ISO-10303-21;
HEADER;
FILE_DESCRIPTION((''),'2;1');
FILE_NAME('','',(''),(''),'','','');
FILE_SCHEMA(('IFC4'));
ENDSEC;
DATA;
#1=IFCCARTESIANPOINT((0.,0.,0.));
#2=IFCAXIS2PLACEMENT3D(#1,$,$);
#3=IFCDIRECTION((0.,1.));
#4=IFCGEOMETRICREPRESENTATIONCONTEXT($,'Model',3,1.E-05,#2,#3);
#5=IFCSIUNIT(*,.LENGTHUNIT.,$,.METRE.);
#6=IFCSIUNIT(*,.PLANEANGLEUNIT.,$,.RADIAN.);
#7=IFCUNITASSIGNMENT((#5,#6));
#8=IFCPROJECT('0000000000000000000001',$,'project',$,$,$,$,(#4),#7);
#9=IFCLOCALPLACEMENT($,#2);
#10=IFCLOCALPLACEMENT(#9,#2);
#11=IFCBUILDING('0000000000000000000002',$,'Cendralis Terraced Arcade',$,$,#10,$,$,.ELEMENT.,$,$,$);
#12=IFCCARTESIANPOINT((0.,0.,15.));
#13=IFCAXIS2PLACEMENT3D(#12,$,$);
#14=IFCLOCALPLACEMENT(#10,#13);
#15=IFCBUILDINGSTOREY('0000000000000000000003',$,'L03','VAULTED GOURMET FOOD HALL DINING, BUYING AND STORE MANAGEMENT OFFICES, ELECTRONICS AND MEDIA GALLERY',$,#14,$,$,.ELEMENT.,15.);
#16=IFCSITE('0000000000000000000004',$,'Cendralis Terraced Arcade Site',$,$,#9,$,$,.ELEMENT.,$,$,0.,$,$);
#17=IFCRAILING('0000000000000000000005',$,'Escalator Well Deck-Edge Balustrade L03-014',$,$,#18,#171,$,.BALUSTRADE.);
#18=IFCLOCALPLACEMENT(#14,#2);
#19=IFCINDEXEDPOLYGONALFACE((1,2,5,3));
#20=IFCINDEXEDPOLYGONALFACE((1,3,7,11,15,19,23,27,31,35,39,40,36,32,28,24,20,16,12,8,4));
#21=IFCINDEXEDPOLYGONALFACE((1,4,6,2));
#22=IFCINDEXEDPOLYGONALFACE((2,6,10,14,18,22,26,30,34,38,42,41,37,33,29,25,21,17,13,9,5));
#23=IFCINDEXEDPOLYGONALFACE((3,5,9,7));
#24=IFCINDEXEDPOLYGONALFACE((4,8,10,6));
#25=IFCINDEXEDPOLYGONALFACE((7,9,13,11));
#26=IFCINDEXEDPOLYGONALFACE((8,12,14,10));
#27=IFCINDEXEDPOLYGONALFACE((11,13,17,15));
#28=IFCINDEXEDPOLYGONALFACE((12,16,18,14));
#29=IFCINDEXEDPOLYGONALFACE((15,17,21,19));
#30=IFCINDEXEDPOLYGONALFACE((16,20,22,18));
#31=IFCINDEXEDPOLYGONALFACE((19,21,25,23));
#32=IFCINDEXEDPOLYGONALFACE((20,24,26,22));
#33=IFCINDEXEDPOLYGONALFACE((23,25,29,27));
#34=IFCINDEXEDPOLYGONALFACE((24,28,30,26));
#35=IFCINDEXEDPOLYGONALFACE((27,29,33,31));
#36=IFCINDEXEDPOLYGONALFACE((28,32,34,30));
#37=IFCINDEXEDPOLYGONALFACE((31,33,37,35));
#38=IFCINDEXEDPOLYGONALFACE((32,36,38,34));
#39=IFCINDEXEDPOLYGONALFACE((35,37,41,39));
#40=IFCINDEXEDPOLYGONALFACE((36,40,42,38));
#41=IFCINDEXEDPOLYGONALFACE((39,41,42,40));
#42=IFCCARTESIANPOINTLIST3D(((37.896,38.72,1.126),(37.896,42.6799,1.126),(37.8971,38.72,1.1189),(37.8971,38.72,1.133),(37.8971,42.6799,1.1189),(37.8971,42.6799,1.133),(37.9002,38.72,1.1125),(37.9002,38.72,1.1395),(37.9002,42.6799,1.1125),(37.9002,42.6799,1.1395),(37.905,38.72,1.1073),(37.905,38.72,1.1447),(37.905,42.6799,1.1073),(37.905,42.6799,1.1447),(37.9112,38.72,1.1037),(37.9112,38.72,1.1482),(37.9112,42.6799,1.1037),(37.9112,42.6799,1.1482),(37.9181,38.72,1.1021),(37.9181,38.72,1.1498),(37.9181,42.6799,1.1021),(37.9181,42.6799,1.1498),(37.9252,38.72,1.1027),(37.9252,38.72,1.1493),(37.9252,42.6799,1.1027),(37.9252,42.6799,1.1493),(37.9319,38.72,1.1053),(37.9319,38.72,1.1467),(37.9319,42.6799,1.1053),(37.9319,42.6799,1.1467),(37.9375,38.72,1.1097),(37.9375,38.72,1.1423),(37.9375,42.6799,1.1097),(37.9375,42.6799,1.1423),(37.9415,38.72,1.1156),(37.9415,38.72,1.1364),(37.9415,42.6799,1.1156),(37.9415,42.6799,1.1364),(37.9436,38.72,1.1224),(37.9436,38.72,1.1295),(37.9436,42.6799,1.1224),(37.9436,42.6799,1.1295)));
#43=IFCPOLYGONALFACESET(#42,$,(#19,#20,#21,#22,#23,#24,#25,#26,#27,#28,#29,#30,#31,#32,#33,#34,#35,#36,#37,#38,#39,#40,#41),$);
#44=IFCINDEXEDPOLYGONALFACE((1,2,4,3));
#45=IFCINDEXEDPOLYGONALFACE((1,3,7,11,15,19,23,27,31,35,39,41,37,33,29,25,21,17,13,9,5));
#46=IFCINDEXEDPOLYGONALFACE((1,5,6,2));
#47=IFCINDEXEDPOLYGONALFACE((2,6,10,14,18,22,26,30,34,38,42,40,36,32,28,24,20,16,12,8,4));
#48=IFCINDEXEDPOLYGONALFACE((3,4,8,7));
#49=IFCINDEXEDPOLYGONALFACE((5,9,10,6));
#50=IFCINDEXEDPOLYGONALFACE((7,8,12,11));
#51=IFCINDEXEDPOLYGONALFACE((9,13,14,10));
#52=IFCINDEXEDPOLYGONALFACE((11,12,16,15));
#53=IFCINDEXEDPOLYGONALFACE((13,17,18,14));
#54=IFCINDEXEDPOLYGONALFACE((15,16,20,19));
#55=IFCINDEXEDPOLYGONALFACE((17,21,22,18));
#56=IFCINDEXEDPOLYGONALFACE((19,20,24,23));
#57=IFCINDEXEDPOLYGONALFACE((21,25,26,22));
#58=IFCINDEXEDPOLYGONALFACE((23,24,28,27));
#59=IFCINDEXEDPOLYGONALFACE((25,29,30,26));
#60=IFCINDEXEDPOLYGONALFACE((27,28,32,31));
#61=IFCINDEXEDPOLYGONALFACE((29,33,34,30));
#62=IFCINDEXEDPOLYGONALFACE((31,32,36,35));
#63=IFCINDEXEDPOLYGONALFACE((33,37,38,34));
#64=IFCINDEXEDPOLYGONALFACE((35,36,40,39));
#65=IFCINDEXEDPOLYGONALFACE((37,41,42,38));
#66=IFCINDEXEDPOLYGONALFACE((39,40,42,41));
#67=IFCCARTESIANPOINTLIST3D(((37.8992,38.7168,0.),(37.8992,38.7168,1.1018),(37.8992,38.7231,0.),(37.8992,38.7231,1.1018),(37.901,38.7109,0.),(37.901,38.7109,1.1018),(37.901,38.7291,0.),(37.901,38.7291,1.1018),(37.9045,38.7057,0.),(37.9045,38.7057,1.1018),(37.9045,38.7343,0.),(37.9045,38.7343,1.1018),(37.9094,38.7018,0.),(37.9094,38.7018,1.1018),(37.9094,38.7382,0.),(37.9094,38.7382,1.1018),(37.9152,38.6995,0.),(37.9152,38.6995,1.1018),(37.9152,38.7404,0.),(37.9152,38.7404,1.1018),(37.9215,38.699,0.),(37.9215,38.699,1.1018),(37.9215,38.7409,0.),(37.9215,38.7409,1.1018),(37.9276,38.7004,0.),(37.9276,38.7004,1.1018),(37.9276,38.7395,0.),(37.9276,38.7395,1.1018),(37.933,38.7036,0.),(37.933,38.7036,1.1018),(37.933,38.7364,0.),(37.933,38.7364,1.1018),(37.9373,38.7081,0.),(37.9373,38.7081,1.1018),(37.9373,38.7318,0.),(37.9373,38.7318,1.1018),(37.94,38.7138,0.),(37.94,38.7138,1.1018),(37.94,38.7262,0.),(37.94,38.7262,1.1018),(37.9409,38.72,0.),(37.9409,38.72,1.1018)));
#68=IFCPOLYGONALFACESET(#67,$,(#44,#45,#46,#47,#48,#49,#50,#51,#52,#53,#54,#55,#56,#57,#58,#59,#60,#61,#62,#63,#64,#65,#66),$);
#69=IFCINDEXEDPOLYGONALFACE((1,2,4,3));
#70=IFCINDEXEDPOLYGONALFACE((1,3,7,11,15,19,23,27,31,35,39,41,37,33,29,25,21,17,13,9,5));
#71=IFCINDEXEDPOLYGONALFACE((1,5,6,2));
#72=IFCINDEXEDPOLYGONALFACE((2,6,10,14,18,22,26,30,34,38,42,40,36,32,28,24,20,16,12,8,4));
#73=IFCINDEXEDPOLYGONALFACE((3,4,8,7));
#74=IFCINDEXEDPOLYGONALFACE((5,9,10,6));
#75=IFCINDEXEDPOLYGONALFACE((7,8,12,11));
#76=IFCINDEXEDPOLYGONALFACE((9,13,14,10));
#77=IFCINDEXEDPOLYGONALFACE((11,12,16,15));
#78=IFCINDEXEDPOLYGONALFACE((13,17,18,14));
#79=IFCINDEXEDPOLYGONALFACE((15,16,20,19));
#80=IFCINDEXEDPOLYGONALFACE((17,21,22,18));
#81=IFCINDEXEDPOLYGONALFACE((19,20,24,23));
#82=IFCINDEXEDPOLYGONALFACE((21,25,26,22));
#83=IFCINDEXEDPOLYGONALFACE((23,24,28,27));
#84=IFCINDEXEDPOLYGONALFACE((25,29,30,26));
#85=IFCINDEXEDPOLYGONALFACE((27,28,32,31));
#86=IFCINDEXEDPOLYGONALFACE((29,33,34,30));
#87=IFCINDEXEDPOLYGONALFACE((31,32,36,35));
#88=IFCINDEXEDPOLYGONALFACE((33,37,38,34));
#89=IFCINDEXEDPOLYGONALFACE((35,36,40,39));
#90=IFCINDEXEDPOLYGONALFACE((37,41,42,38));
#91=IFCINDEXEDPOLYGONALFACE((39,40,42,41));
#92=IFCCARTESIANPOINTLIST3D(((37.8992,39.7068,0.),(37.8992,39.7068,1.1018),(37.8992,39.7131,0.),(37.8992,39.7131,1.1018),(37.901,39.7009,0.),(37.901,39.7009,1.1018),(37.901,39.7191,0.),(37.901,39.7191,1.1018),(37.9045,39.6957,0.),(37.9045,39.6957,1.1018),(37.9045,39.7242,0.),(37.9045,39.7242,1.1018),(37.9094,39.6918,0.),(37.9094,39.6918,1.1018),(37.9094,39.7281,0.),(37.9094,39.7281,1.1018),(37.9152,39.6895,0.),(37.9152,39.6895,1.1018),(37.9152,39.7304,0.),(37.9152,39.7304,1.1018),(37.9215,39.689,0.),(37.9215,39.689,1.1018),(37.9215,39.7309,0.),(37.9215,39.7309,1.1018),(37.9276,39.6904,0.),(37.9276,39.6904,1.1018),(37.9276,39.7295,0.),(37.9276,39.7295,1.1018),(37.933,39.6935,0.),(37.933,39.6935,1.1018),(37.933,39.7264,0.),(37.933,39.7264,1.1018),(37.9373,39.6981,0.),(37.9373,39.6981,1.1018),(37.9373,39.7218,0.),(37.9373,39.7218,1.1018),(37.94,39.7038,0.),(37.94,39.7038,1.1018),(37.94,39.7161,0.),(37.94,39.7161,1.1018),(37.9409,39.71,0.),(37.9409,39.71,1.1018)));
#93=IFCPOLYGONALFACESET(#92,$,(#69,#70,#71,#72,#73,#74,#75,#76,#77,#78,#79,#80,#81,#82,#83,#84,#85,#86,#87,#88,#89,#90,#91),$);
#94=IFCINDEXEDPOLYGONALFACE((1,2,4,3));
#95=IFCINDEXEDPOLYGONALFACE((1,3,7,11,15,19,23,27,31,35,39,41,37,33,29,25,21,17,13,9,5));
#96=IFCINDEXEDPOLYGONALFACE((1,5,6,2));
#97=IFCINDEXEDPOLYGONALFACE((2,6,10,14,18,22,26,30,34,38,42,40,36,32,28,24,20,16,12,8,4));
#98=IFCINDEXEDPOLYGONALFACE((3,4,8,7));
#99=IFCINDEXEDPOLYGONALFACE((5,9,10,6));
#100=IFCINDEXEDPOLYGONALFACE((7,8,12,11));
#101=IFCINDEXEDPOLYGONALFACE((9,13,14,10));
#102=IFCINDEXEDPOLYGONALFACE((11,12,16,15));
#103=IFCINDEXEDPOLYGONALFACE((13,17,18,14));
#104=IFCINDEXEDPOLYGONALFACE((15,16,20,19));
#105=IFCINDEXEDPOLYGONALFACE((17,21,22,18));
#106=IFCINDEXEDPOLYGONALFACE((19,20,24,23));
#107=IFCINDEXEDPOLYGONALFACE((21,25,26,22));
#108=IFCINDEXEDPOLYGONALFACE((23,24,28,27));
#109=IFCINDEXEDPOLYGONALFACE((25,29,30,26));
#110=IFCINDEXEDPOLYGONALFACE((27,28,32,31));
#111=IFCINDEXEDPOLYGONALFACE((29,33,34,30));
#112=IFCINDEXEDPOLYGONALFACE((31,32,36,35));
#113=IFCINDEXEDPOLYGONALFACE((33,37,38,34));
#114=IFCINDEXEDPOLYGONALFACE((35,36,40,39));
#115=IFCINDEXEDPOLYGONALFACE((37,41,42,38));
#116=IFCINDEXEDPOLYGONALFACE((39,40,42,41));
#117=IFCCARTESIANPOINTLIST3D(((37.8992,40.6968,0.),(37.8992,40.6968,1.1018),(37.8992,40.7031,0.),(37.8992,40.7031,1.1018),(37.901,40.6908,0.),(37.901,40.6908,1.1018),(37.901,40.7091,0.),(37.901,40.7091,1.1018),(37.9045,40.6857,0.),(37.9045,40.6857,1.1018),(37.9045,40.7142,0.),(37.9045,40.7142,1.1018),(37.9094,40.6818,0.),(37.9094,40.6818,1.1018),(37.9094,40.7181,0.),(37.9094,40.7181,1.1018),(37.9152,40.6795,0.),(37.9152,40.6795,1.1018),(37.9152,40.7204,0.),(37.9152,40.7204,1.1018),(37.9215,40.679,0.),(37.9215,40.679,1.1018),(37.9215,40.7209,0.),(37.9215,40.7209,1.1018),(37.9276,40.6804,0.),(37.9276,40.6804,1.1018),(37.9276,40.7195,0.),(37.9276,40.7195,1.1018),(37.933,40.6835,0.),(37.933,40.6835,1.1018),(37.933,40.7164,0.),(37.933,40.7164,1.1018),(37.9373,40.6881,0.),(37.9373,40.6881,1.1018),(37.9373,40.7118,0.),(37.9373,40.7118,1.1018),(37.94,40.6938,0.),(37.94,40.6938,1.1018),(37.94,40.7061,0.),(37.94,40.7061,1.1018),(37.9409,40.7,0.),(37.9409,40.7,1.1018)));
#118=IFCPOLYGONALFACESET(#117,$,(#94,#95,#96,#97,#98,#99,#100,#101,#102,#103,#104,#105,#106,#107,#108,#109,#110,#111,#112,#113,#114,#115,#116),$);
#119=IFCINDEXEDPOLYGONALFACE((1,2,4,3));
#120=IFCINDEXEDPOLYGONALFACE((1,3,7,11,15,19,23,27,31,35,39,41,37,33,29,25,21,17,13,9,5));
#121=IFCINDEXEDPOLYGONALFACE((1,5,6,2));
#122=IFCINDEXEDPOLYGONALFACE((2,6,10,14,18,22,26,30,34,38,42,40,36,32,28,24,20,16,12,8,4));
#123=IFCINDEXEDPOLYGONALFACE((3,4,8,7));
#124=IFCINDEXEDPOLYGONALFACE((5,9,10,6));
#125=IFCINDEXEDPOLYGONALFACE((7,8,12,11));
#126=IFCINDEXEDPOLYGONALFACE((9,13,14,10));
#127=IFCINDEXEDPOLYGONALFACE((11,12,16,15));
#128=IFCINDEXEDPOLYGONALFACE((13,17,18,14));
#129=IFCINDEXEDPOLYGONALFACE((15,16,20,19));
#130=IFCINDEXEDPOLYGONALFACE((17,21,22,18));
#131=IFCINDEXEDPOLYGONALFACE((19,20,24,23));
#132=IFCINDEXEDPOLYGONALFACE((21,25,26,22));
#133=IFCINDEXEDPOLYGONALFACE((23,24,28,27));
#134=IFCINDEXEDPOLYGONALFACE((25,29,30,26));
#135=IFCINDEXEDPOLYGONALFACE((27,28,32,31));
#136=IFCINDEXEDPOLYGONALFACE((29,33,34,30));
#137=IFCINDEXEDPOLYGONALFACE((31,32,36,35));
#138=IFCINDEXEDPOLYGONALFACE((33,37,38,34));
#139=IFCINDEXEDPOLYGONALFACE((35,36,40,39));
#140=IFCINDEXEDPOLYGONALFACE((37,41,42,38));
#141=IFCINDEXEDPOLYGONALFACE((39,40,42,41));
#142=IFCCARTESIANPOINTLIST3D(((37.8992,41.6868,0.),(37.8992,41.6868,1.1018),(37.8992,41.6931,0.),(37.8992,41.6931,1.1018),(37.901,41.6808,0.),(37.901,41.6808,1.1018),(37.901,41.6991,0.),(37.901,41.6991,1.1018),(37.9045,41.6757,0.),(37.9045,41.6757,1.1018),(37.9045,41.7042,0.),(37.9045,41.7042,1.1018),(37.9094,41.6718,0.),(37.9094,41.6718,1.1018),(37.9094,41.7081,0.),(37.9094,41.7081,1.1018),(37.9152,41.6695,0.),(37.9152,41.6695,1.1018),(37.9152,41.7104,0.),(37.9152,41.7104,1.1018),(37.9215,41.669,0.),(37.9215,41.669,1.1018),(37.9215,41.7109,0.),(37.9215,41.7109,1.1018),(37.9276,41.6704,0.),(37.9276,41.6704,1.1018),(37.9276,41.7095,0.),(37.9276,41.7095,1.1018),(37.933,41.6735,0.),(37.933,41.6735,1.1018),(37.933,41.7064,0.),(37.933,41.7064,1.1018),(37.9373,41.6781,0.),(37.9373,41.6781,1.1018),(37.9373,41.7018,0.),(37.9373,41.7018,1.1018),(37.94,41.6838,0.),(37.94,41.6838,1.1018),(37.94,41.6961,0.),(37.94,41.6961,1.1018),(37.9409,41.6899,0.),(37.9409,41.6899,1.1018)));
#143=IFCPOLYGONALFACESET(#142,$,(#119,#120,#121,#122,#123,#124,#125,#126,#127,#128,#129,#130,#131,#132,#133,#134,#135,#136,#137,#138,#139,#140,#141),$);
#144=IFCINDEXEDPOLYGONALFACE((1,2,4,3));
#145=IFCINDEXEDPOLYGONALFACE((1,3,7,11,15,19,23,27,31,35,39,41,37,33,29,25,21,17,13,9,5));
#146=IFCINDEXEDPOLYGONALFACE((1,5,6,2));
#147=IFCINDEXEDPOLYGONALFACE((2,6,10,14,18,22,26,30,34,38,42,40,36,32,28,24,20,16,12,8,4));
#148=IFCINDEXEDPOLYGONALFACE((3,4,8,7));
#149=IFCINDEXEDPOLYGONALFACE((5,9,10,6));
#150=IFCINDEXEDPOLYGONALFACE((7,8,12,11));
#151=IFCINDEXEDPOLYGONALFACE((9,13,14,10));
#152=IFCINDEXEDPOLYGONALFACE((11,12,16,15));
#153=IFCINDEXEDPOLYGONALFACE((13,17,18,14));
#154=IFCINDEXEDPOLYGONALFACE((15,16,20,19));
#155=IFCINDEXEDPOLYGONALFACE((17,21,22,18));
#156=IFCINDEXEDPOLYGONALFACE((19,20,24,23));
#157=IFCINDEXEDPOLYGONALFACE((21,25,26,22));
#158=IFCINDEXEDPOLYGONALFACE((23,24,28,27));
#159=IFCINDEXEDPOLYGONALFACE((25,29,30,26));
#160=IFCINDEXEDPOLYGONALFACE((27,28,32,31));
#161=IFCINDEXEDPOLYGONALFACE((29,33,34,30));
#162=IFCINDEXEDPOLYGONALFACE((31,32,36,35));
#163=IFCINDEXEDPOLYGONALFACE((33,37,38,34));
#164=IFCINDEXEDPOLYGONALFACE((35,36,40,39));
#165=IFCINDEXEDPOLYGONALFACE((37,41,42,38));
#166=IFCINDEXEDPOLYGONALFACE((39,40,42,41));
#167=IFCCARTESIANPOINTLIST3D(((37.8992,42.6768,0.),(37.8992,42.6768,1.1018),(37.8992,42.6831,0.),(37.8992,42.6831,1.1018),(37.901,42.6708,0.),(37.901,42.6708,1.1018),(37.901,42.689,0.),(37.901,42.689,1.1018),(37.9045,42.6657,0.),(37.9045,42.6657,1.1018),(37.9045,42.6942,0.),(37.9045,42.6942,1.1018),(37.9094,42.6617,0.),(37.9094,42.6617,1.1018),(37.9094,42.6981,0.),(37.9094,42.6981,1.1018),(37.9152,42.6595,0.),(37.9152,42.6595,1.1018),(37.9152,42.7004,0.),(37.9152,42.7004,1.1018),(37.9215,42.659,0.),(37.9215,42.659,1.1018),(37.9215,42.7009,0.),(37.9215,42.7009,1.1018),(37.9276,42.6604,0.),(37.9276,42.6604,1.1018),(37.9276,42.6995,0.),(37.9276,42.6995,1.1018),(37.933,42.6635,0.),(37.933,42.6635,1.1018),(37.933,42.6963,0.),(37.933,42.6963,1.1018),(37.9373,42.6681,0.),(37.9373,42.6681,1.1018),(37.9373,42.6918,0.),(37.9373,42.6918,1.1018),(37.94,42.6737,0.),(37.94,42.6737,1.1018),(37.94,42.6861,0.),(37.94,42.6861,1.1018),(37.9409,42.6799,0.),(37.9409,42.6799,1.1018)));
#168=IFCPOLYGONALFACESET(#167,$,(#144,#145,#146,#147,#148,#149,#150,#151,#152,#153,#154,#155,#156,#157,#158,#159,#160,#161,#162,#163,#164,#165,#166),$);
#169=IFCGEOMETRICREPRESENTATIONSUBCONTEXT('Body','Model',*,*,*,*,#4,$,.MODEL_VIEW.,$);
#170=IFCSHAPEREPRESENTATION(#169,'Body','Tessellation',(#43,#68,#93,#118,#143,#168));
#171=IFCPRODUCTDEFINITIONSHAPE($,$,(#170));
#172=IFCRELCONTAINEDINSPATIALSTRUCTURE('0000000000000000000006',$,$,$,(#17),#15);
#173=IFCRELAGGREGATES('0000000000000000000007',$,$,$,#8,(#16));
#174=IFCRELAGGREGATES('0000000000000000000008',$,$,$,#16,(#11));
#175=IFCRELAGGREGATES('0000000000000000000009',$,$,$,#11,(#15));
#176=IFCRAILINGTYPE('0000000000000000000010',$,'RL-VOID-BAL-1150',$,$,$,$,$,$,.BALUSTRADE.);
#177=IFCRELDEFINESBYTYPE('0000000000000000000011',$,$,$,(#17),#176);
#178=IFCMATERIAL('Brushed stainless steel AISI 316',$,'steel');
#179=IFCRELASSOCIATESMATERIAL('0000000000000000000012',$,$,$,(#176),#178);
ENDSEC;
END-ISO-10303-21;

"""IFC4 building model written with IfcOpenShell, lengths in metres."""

from ifc_helpers import new_model, si_unit, direction, frame, origin, origin_2d, place, context, subcontext, project, spatial, circle, extrude, material, type_object, element, save


model = new_model("IFC4")

# Units and contexts
model_context = context("Model", 3, precision=1e-05, world=origin(), true_north=direction((0.0, 1.0)))
body_context = subcontext(model_context, "Body", "Model", "MODEL_VIEW")
ifc_project = project(units=[si_unit("LENGTHUNIT", "METRE"), si_unit("PLANEANGLEUNIT", "RADIAN")], contexts=[model_context])

# Site, building, storey
site_placement = place(None, origin())
site = spatial("IfcSite", under=ifc_project, at=site_placement, Name="Cendralis Terraced Arcade Site", CompositionType="ELEMENT", RefElevation=0.0)
building_placement = place(site_placement, origin())
building = spatial("IfcBuilding", under=site, at=building_placement, Name="Cendralis Terraced Arcade", CompositionType="ELEMENT")
storey_placement = place(building_placement, frame((0.0, 0.0, 15.0)))
storey = spatial("IfcBuildingStorey", under=building, at=storey_placement, Name="L03", Description="VAULTED GOURMET FOOD HALL DINING, BUYING AND STORE MANAGEMENT OFFICES, ELECTRONICS AND MEDIA GALLERY", CompositionType="ELEMENT", Elevation=15.0)

# Railing
ifc_material_1 = material(Name="Brushed stainless steel AISI 316", Category="steel")
railing_type = type_object("IfcRailingType", Name="RL-VOID-BAL-1150", PredefinedType="BALUSTRADE", material=ifc_material_1)
railing_placement = place(storey_placement, frame((37.9199, 38.72, 0.0)))
element("IfcRailing", 1, at=railing_placement, inside=storey, type_object=railing_type, Name="Escalator Well Deck-Edge Balustrade L03-014", PredefinedType="BALUSTRADE", context=body_context, shape_type="SweptSolid", body=[
    extrude(circle(Radius=0.0239, at=origin_2d()), frame((0.0, 0.0, 1.126), z_axis=(0.0, 1.0, 0.0), x_axis=(-1.0, 0.0, 0.0)), (0.0, 0.0, 1.0), 3.96),
    extrude(circle(Radius=0.021, at=origin_2d()), origin(), (0.0, 0.0, 1.0), 1.1018),
    extrude(circle(Radius=0.021, at=origin_2d()), frame((0.0, 0.99, 0.0)), (0.0, 0.0, 1.0), 1.1018),
    extrude(circle(Radius=0.021, at=origin_2d()), frame((0.0, 1.98, 0.0)), (0.0, 0.0, 1.0), 1.1018),
    extrude(circle(Radius=0.021, at=origin_2d()), frame((0.0, 2.97, 0.0)), (0.0, 0.0, 1.0), 1.1018),
    extrude(circle(Radius=0.021, at=origin_2d()), frame((0.0, 3.96, 0.0)), (0.0, 0.0, 1.0), 1.1018),
])

save(model, "model.ifc")
